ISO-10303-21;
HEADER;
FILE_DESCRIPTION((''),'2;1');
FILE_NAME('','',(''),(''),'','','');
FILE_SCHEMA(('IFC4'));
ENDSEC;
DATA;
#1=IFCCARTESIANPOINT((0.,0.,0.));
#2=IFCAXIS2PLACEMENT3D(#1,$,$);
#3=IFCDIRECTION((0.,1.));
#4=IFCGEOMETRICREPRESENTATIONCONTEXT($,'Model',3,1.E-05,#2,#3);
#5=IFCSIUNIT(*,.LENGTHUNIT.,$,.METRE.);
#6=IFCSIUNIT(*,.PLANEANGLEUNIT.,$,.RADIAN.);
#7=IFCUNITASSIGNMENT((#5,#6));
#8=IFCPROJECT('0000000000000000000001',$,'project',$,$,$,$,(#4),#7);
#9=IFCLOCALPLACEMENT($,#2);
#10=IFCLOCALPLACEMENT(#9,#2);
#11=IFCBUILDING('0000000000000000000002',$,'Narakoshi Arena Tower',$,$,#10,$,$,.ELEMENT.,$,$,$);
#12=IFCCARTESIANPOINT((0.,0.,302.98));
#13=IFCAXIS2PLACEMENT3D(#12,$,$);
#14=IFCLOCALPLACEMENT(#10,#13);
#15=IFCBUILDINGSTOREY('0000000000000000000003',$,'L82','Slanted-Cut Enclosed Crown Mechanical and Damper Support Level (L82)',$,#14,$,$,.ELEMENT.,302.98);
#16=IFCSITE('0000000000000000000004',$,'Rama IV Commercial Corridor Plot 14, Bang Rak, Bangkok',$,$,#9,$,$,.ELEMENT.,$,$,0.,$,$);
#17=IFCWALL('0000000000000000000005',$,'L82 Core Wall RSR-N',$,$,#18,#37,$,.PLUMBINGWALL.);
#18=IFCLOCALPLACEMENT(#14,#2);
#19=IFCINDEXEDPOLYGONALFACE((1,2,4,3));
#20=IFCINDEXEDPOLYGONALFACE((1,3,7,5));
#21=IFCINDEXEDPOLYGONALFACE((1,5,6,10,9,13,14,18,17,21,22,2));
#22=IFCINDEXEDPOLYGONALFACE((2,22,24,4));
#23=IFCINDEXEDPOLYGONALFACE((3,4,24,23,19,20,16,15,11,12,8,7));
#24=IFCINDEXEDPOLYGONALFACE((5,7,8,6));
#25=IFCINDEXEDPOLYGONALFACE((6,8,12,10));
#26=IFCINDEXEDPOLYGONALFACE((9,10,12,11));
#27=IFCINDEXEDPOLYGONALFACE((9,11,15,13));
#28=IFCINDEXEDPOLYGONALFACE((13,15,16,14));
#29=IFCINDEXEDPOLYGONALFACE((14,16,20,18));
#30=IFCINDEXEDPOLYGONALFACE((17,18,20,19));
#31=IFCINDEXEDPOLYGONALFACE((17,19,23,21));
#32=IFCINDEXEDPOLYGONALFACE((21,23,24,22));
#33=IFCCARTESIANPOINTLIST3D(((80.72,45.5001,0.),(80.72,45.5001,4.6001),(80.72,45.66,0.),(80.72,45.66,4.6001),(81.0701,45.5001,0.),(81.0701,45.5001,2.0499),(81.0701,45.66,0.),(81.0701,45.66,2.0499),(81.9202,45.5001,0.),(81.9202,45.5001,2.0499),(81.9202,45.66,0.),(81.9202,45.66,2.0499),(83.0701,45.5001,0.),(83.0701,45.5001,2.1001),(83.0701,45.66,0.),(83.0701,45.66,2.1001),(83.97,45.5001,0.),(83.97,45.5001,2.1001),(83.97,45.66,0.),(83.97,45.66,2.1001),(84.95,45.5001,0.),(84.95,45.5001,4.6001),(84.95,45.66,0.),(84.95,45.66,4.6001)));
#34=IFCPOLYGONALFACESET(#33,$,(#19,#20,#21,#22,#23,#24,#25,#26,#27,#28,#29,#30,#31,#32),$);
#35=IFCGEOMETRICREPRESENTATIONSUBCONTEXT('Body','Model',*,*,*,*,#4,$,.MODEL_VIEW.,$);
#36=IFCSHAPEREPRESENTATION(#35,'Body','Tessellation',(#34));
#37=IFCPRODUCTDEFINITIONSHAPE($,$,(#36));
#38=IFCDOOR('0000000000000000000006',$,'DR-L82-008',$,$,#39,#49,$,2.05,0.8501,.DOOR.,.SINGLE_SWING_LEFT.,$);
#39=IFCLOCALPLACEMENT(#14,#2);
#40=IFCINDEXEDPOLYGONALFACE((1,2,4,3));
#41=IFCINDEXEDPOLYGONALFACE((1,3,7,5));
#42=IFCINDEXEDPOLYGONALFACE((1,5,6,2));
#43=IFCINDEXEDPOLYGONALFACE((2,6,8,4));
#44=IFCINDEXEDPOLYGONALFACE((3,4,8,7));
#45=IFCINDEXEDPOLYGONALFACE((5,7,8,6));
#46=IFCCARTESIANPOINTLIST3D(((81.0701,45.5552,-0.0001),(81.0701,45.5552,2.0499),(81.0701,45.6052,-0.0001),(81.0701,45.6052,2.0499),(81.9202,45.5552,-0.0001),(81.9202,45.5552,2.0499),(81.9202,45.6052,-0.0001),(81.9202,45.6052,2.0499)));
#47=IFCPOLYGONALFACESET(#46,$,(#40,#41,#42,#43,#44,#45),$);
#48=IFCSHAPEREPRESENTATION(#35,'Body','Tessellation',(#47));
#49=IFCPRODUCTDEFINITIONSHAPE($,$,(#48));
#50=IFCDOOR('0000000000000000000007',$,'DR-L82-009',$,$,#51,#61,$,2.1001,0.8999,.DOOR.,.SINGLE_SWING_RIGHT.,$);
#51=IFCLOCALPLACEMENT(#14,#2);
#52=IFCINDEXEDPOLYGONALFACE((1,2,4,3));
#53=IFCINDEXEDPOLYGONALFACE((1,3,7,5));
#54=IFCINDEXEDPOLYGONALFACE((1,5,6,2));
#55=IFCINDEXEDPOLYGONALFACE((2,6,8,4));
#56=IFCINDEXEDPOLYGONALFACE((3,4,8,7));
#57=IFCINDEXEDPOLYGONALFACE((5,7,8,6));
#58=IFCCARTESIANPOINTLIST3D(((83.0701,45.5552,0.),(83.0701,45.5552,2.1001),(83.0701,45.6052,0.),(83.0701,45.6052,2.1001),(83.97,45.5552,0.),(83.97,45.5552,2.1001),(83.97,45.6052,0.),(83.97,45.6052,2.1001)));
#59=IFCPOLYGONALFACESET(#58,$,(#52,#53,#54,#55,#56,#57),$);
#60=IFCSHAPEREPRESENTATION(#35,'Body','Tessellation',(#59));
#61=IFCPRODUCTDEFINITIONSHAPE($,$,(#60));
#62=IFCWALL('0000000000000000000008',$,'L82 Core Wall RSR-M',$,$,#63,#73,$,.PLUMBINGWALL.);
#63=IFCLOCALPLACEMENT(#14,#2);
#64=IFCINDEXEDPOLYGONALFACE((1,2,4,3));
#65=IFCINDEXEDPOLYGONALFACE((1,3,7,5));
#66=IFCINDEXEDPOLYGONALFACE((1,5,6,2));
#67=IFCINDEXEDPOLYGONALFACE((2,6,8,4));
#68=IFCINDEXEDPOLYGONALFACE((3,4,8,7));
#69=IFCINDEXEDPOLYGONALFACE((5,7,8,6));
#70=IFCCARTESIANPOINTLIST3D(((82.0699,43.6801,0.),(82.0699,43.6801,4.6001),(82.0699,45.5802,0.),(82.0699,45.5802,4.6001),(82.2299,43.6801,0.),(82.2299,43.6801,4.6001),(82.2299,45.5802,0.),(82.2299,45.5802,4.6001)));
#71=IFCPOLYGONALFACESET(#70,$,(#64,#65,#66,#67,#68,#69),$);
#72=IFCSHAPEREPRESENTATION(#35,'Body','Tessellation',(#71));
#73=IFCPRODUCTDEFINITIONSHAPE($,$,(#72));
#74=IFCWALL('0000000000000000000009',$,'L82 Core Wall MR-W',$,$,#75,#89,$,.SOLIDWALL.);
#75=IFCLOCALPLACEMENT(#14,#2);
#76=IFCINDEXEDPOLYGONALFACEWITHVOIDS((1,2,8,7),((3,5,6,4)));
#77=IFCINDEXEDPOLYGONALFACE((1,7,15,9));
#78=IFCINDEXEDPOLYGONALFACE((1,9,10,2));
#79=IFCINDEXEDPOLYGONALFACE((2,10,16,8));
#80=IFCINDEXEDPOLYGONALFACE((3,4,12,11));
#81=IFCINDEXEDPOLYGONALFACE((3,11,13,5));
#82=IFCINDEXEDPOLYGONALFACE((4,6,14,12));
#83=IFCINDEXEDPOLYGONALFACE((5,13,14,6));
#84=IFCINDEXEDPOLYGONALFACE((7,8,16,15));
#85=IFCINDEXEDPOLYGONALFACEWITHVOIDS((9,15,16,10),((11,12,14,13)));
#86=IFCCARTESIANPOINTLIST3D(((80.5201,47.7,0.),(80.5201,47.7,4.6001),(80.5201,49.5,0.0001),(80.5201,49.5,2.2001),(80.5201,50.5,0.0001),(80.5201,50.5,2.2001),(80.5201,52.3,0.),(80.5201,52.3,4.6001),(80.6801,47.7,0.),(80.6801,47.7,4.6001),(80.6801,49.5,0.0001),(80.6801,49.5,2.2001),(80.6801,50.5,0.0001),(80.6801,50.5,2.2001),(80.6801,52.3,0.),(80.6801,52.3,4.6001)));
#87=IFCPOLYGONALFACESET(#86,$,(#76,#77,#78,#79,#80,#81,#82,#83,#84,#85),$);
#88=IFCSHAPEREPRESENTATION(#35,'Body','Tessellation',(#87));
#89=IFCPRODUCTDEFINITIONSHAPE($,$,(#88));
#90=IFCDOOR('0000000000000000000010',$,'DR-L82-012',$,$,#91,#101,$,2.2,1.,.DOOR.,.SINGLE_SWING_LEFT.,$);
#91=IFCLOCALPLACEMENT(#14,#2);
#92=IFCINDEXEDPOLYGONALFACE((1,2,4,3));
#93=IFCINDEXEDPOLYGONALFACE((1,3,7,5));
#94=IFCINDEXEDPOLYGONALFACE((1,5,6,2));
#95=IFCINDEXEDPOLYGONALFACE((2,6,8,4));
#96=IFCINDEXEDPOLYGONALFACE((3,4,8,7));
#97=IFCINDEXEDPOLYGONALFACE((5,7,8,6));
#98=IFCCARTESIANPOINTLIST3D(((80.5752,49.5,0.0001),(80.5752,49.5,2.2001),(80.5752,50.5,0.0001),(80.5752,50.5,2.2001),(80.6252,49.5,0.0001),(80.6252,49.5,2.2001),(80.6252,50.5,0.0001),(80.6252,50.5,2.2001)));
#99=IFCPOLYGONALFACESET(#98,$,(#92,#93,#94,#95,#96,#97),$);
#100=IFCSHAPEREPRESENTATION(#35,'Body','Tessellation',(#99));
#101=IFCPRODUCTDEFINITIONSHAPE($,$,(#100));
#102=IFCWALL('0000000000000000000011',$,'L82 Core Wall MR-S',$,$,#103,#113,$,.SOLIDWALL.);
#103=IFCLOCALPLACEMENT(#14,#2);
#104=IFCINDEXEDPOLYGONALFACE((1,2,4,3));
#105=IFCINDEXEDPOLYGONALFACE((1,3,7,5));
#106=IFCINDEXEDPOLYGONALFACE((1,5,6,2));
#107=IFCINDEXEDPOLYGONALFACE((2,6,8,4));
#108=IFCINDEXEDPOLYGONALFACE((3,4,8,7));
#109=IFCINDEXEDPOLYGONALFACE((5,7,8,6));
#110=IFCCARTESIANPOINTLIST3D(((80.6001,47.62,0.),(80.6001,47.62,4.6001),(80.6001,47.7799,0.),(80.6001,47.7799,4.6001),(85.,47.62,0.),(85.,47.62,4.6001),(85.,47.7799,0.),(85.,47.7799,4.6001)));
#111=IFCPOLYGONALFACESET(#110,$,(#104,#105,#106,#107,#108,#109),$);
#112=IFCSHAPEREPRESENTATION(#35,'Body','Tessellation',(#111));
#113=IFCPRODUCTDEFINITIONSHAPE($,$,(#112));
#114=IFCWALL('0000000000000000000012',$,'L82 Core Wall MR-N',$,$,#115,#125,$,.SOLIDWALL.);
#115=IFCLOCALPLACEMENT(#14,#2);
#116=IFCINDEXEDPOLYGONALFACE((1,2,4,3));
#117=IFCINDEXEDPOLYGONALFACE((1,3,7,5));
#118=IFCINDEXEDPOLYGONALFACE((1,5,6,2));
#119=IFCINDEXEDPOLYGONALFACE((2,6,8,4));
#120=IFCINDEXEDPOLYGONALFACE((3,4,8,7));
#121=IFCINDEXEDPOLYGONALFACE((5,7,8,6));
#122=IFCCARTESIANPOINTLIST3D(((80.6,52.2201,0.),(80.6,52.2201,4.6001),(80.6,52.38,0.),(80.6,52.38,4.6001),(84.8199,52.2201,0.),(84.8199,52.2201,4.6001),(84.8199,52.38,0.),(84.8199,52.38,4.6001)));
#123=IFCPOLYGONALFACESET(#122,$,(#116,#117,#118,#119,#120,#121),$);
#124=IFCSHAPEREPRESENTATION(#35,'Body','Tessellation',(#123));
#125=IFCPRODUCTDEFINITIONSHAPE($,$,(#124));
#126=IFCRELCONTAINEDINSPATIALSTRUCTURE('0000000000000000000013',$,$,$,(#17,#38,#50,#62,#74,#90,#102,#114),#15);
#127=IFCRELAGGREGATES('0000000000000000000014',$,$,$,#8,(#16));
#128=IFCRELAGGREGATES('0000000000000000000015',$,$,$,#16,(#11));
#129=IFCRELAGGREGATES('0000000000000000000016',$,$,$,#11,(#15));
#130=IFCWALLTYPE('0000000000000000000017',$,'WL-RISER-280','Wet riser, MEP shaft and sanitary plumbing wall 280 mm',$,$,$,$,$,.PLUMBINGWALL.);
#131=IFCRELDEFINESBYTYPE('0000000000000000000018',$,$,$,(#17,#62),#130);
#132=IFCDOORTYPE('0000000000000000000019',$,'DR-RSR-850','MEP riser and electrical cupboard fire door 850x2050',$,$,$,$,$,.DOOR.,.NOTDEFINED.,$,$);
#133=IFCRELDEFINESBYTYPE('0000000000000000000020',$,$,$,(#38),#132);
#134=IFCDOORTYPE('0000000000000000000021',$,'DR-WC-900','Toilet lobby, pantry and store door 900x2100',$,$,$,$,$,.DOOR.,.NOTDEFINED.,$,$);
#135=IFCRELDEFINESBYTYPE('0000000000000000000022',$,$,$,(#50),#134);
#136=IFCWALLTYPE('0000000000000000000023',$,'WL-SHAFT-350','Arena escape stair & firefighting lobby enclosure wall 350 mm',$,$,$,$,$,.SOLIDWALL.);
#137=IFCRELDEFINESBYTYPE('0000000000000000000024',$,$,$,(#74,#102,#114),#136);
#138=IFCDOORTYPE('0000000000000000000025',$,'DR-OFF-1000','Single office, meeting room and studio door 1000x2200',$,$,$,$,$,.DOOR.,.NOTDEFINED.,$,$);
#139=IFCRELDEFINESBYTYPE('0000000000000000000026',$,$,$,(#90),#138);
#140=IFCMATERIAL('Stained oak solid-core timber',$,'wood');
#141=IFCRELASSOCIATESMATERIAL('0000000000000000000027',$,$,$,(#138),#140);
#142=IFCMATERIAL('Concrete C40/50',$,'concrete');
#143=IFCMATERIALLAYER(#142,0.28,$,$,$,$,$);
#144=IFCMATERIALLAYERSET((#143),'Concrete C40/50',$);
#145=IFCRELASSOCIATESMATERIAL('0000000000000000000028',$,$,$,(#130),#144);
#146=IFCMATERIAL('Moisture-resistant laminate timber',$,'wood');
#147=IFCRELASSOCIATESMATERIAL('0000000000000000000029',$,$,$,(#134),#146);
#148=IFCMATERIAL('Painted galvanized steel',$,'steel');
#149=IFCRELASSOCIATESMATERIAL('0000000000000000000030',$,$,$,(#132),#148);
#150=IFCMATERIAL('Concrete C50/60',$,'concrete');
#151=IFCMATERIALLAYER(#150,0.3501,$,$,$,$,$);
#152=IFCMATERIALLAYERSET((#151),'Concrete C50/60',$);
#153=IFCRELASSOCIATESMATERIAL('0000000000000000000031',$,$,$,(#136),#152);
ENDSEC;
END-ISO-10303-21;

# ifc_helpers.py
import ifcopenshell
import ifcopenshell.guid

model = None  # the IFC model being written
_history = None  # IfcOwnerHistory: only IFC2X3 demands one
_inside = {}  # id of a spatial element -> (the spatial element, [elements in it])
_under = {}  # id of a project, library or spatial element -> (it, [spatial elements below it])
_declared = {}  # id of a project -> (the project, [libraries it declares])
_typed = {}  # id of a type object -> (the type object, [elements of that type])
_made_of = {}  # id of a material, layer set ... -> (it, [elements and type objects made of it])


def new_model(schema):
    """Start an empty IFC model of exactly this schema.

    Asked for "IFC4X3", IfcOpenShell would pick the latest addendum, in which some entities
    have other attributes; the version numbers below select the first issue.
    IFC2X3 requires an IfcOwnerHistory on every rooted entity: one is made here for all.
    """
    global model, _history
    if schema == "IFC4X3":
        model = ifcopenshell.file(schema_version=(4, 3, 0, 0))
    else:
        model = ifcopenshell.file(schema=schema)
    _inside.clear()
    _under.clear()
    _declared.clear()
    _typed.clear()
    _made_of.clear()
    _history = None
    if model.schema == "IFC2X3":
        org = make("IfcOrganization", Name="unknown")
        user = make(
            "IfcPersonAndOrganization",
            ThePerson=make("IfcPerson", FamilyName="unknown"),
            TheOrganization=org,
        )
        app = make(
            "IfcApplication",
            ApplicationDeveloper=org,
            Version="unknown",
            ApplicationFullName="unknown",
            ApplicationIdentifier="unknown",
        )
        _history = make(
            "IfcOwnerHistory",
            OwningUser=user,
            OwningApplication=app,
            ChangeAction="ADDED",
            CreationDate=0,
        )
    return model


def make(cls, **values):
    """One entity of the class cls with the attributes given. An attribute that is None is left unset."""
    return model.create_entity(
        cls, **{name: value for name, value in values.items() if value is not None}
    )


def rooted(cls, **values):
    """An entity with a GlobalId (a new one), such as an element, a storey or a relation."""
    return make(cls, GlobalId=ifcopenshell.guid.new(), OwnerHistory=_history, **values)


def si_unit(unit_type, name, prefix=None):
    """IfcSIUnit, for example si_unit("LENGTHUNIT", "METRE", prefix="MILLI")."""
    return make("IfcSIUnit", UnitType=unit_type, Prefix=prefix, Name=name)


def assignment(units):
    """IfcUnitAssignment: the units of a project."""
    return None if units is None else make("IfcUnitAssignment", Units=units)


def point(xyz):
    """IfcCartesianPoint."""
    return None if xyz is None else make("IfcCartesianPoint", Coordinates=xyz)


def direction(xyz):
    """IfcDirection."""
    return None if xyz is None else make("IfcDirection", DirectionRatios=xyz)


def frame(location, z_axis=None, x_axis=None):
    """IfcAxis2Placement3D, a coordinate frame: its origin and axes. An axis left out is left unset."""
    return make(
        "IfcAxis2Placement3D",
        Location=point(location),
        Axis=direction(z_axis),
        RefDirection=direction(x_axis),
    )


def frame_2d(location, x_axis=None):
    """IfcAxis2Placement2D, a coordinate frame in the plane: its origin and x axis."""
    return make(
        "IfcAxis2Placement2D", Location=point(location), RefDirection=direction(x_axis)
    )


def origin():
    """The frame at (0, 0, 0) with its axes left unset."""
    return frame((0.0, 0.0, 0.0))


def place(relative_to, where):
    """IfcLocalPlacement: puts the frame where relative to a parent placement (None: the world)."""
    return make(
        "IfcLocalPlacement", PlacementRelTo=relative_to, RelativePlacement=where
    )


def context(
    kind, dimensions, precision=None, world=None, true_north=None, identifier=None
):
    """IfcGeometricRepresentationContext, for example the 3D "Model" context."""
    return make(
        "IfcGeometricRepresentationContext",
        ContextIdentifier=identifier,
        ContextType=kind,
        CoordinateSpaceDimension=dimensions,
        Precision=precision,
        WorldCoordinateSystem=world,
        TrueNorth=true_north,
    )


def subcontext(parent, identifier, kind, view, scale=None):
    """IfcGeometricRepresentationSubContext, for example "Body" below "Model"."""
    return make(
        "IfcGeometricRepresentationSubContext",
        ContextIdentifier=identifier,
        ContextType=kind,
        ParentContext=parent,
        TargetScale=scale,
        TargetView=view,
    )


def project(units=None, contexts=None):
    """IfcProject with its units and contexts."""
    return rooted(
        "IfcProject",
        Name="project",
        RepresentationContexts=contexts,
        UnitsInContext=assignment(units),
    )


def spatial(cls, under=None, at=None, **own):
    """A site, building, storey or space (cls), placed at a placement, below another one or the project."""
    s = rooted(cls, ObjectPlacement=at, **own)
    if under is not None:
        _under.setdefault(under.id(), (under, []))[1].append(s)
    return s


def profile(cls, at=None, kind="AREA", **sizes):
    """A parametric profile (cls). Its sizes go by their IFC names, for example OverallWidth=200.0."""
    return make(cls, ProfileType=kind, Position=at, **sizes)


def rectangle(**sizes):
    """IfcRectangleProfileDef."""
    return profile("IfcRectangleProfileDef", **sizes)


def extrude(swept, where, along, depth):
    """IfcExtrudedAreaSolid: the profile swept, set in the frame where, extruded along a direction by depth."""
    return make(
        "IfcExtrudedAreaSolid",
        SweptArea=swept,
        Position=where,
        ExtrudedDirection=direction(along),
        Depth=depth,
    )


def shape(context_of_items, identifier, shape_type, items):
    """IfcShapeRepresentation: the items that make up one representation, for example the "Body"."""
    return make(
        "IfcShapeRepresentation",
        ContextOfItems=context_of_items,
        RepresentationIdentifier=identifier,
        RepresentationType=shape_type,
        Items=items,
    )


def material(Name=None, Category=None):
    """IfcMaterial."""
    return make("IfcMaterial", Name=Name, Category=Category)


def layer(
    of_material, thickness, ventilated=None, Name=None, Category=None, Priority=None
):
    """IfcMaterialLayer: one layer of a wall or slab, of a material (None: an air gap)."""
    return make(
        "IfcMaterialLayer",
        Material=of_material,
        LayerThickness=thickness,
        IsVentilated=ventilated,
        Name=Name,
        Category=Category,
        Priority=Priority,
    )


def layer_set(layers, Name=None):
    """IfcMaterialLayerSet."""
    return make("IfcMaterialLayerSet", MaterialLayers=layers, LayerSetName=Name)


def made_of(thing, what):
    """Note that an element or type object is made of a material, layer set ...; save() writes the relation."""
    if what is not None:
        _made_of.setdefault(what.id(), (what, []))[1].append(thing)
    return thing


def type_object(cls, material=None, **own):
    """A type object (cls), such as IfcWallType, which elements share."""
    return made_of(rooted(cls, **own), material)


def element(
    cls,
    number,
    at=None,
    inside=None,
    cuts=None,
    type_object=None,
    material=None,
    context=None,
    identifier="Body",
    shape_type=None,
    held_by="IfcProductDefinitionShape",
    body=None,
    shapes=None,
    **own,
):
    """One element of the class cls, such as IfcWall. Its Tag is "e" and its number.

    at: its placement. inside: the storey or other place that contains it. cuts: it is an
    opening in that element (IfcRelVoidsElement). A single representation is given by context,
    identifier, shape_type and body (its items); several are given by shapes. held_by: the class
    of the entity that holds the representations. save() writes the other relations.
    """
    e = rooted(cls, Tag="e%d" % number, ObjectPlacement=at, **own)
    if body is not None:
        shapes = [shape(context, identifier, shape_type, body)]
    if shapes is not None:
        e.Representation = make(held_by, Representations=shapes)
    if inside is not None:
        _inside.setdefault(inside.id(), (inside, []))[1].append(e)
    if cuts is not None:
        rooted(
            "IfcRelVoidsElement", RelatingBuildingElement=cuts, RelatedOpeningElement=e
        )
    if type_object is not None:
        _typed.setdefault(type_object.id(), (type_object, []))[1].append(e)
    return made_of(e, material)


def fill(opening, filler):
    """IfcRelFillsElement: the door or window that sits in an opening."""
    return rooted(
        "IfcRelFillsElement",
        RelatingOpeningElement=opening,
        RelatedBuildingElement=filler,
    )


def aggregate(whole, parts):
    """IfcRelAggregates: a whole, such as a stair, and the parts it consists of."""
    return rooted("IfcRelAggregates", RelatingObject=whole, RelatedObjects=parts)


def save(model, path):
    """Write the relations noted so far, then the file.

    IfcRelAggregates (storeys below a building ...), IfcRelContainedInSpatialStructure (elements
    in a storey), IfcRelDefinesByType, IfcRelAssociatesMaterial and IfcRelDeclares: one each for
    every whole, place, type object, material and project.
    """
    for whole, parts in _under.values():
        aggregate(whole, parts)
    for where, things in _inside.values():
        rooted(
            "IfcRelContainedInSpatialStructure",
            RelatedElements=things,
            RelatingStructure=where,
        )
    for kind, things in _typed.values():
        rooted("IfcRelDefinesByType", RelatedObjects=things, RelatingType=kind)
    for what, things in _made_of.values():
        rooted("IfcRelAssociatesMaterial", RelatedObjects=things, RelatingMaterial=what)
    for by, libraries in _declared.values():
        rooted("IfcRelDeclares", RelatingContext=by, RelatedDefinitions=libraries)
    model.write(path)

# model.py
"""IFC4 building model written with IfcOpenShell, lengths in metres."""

from ifc_helpers import new_model, si_unit, direction, frame, frame_2d, origin, place, context, subcontext, project, spatial, rectangle, extrude, material, layer, layer_set, type_object, element, fill, save


model = new_model("IFC4")

# Units and contexts
model_context = context("Model", 3, precision=1e-05, world=origin(), true_north=direction((0.0, 1.0)))
body_context = subcontext(model_context, "Body", "Model", "MODEL_VIEW")
ifc_project = project(units=[si_unit("LENGTHUNIT", "METRE"), si_unit("PLANEANGLEUNIT", "RADIAN")], contexts=[model_context])

# Site, building, storey
site_placement = place(None, origin())
site = spatial("IfcSite", under=ifc_project, at=site_placement, Name="Rama IV Commercial Corridor Plot 14, Bang Rak, Bangkok", CompositionType="ELEMENT", RefElevation=0.0)
building_placement = place(site_placement, origin())
building = spatial("IfcBuilding", under=site, at=building_placement, Name="Narakoshi Arena Tower", CompositionType="ELEMENT")
storey_placement = place(building_placement, frame((0.0, 0.0, 302.98)))
storey = spatial("IfcBuildingStorey", under=building, at=storey_placement, Name="L82", Description="Slanted-Cut Enclosed Crown Mechanical and Damper Support Level (L82)", CompositionType="ELEMENT", Elevation=302.98)

# Shared definitions
ifc_material_1 = material(Name="Concrete C50/60", Category="concrete")

# Shared definitions
ifc_material_2 = material(Name="Stained oak solid-core timber", Category="wood")
door_type_1 = type_object("IfcDoorType", Name="DR-OFF-1000", Description="Single office, meeting room and studio door 1000x2200", OperationType="NOTDEFINED", PredefinedType="DOOR", material=ifc_material_2)

# Shared definitions
ifc_material_3 = material(Name="Painted galvanized steel", Category="steel")

# Shared definitions
ifc_material_4 = material(Name="Concrete C40/50", Category="concrete")
ifc_layer_1 = layer(ifc_material_4, 0.28)
ifc_layer_set_1 = layer_set([ifc_layer_1], Name="Concrete C40/50")
wall_type_1 = type_object("IfcWallType", Name="WL-RISER-280", Description="Wet riser, MEP shaft and sanitary plumbing wall 280 mm", PredefinedType="PLUMBINGWALL", material=ifc_layer_set_1)
ifc_material_5 = material(Name="Moisture-resistant laminate timber", Category="wood")
door_type_2 = type_object("IfcDoorType", Name="DR-WC-900", Description="Toilet lobby, pantry and store door 900x2100", OperationType="NOTDEFINED", PredefinedType="DOOR", material=ifc_material_5)

# Wall, openings, doors
wall_1_placement = place(storey_placement, frame((80.72, 45.5801, 0.0), z_axis=(0.0, 0.0, 1.0), x_axis=(1.0, 0.0, 0.0)))
wall_1 = element("IfcWall", 1, at=wall_1_placement, inside=storey, type_object=wall_type_1, Name="L82 Core Wall RSR-N", PredefinedType="PLUMBINGWALL", context=body_context, shape_type="SweptSolid", body=[
    extrude(rectangle(XDim=4.23, YDim=0.1599, at=frame_2d((2.115, 0.0))), origin(), (0.0, 0.0, 1.0), 4.6001),
])
opening_1_placement = place(wall_1_placement, frame((0.3501, 0.0, 0.0)))
opening_1 = element("IfcOpeningElement", 2, at=opening_1_placement, cuts=wall_1, PredefinedType="OPENING", context=body_context, shape_type="SweptSolid", body=[
    extrude(rectangle(XDim=0.8501, YDim=2.05, at=frame_2d((0.425, 1.0249))), frame((0.0, 0.0898, 0.0), z_axis=(0.0, -1.0, 0.0), x_axis=(1.0, 0.0, 0.0)), (0.0, 0.0, 1.0), 0.1799),
])
opening_2_placement = place(wall_1_placement, frame((2.3501, 0.0, 0.0)))
opening_2 = element("IfcOpeningElement", 3, at=opening_2_placement, cuts=wall_1, PredefinedType="OPENING", context=body_context, shape_type="SweptSolid", body=[
    extrude(rectangle(XDim=0.8999, YDim=2.1001, at=frame_2d((0.45, 1.05))), frame((0.0, 0.0898, 0.0), z_axis=(0.0, -1.0, 0.0), x_axis=(1.0, 0.0, 0.0)), (0.0, 0.0, 1.0), 0.1799),
])
door_type_3 = type_object("IfcDoorType", Name="DR-RSR-850", Description="MEP riser and electrical cupboard fire door 850x2050", OperationType="NOTDEFINED", PredefinedType="DOOR", material=ifc_material_3)
door_1_placement = place(opening_1_placement, frame((0.8501, 0.0, 0.0), z_axis=(0.0, 0.0, 1.0), x_axis=(-1.0, 0.0, 0.0)))
door_1 = element("IfcDoor", 4, at=door_1_placement, inside=storey, type_object=door_type_3, Name="DR-L82-008", OperationType="SINGLE_SWING_LEFT", OverallHeight=2.05, OverallWidth=0.8501, PredefinedType="DOOR", context=body_context, shape_type="SweptSolid", body=[
    extrude(rectangle(XDim=0.8501, YDim=2.05, at=frame_2d((0.425, 1.0249))), frame((0.0, 0.0249, 0.0), z_axis=(0.0, -1.0, 0.0), x_axis=(1.0, 0.0, 0.0)), (0.0, 0.0, 1.0), 0.05),
])
fill(opening_1, door_1)
door_2_placement = place(opening_2_placement, frame((0.8999, 0.0, 0.0), z_axis=(0.0, 0.0, 1.0), x_axis=(-1.0, 0.0, 0.0)))
door_2 = element("IfcDoor", 5, at=door_2_placement, inside=storey, type_object=door_type_2, Name="DR-L82-009", OperationType="SINGLE_SWING_RIGHT", OverallHeight=2.1001, OverallWidth=0.8999, PredefinedType="DOOR", context=body_context, shape_type="SweptSolid", body=[
    extrude(rectangle(XDim=0.8999, YDim=2.1001, at=frame_2d((0.45, 1.05))), frame((0.0, 0.0249, 0.0), z_axis=(0.0, -1.0, 0.0), x_axis=(1.0, 0.0, 0.0)), (0.0, 0.0, 1.0), 0.05),
])
fill(opening_2, door_2)

# Wall
wall_2_placement = place(storey_placement, frame((82.1499, 43.6799, 0.0), z_axis=(0.0, 0.0, 1.0), x_axis=(0.0, 1.0, 0.0)))
element("IfcWall", 6, at=wall_2_placement, inside=storey, type_object=wall_type_1, Name="L82 Core Wall RSR-M", PredefinedType="PLUMBINGWALL", context=body_context, shape_type="SweptSolid", body=[
    extrude(rectangle(XDim=1.9001, YDim=0.1599, at=frame_2d((0.9502, 0.0))), origin(), (0.0, 0.0, 1.0), 4.6001),
])

# Wall, opening, door
ifc_layer_2 = layer(ifc_material_1, 0.3501)
ifc_layer_set_2 = layer_set([ifc_layer_2], Name="Concrete C50/60")
wall_type_2 = type_object("IfcWallType", Name="WL-SHAFT-350", Description="Arena escape stair & firefighting lobby enclosure wall 350 mm", PredefinedType="SOLIDWALL", material=ifc_layer_set_2)
wall_3_placement = place(storey_placement, frame((80.6001, 47.7, 0.0), z_axis=(0.0, 0.0, 1.0), x_axis=(0.0, 1.0, 0.0)))
wall_3 = element("IfcWall", 7, at=wall_3_placement, inside=storey, type_object=wall_type_2, Name="L82 Core Wall MR-W", PredefinedType="SOLIDWALL", context=body_context, shape_type="SweptSolid", body=[
    extrude(rectangle(XDim=4.6001, YDim=0.1599, at=frame_2d((2.3, 0.0))), origin(), (0.0, 0.0, 1.0), 4.6001),
])
opening_3_placement = place(wall_3_placement, frame((1.8, 0.0, 0.0)))
opening_3 = element("IfcOpeningElement", 8, at=opening_3_placement, cuts=wall_3, PredefinedType="OPENING", context=body_context, shape_type="SweptSolid", body=[
    extrude(rectangle(XDim=1.0, YDim=2.2, at=frame_2d((0.5, 1.1001))), frame((0.0, 0.0898, 0.0), z_axis=(0.0, -1.0, 0.0), x_axis=(1.0, 0.0, 0.0)), (0.0, 0.0, 1.0), 0.1799),
])
door_3_placement = place(opening_3_placement, origin())
door_3 = element("IfcDoor", 9, at=door_3_placement, inside=storey, type_object=door_type_1, Name="DR-L82-012", OperationType="SINGLE_SWING_LEFT", OverallHeight=2.2, OverallWidth=1.0, PredefinedType="DOOR", context=body_context, shape_type="SweptSolid", body=[
    extrude(rectangle(XDim=1.0, YDim=2.2, at=frame_2d((0.5, 1.1001))), frame((0.0, 0.0249, 0.0), z_axis=(0.0, -1.0, 0.0), x_axis=(1.0, 0.0, 0.0)), (0.0, 0.0, 1.0), 0.05),
])
fill(opening_3, door_3)

# Walls
wall_4_placement = place(storey_placement, frame((80.6001, 47.7, 0.0), z_axis=(0.0, 0.0, 1.0), x_axis=(1.0, 0.0, 0.0)))
element("IfcWall", 10, at=wall_4_placement, inside=storey, type_object=wall_type_2, Name="L82 Core Wall MR-S", PredefinedType="SOLIDWALL", context=body_context, shape_type="SweptSolid", body=[
    extrude(rectangle(XDim=4.3999, YDim=0.1599, at=frame_2d((2.2, 0.0))), origin(), (0.0, 0.0, 1.0), 4.6001),
])
wall_5_placement = place(storey_placement, frame((80.6001, 52.3, 0.0), z_axis=(0.0, 0.0, 1.0), x_axis=(1.0, 0.0, 0.0)))
element("IfcWall", 11, at=wall_5_placement, inside=storey, type_object=wall_type_2, Name="L82 Core Wall MR-N", PredefinedType="SOLIDWALL", context=body_context, shape_type="SweptSolid", body=[
    extrude(rectangle(XDim=4.22, YDim=0.1599, at=frame_2d((2.1099, 0.0))), origin(), (0.0, 0.0, 1.0), 4.6001),
])

save(model, "model.ifc")
